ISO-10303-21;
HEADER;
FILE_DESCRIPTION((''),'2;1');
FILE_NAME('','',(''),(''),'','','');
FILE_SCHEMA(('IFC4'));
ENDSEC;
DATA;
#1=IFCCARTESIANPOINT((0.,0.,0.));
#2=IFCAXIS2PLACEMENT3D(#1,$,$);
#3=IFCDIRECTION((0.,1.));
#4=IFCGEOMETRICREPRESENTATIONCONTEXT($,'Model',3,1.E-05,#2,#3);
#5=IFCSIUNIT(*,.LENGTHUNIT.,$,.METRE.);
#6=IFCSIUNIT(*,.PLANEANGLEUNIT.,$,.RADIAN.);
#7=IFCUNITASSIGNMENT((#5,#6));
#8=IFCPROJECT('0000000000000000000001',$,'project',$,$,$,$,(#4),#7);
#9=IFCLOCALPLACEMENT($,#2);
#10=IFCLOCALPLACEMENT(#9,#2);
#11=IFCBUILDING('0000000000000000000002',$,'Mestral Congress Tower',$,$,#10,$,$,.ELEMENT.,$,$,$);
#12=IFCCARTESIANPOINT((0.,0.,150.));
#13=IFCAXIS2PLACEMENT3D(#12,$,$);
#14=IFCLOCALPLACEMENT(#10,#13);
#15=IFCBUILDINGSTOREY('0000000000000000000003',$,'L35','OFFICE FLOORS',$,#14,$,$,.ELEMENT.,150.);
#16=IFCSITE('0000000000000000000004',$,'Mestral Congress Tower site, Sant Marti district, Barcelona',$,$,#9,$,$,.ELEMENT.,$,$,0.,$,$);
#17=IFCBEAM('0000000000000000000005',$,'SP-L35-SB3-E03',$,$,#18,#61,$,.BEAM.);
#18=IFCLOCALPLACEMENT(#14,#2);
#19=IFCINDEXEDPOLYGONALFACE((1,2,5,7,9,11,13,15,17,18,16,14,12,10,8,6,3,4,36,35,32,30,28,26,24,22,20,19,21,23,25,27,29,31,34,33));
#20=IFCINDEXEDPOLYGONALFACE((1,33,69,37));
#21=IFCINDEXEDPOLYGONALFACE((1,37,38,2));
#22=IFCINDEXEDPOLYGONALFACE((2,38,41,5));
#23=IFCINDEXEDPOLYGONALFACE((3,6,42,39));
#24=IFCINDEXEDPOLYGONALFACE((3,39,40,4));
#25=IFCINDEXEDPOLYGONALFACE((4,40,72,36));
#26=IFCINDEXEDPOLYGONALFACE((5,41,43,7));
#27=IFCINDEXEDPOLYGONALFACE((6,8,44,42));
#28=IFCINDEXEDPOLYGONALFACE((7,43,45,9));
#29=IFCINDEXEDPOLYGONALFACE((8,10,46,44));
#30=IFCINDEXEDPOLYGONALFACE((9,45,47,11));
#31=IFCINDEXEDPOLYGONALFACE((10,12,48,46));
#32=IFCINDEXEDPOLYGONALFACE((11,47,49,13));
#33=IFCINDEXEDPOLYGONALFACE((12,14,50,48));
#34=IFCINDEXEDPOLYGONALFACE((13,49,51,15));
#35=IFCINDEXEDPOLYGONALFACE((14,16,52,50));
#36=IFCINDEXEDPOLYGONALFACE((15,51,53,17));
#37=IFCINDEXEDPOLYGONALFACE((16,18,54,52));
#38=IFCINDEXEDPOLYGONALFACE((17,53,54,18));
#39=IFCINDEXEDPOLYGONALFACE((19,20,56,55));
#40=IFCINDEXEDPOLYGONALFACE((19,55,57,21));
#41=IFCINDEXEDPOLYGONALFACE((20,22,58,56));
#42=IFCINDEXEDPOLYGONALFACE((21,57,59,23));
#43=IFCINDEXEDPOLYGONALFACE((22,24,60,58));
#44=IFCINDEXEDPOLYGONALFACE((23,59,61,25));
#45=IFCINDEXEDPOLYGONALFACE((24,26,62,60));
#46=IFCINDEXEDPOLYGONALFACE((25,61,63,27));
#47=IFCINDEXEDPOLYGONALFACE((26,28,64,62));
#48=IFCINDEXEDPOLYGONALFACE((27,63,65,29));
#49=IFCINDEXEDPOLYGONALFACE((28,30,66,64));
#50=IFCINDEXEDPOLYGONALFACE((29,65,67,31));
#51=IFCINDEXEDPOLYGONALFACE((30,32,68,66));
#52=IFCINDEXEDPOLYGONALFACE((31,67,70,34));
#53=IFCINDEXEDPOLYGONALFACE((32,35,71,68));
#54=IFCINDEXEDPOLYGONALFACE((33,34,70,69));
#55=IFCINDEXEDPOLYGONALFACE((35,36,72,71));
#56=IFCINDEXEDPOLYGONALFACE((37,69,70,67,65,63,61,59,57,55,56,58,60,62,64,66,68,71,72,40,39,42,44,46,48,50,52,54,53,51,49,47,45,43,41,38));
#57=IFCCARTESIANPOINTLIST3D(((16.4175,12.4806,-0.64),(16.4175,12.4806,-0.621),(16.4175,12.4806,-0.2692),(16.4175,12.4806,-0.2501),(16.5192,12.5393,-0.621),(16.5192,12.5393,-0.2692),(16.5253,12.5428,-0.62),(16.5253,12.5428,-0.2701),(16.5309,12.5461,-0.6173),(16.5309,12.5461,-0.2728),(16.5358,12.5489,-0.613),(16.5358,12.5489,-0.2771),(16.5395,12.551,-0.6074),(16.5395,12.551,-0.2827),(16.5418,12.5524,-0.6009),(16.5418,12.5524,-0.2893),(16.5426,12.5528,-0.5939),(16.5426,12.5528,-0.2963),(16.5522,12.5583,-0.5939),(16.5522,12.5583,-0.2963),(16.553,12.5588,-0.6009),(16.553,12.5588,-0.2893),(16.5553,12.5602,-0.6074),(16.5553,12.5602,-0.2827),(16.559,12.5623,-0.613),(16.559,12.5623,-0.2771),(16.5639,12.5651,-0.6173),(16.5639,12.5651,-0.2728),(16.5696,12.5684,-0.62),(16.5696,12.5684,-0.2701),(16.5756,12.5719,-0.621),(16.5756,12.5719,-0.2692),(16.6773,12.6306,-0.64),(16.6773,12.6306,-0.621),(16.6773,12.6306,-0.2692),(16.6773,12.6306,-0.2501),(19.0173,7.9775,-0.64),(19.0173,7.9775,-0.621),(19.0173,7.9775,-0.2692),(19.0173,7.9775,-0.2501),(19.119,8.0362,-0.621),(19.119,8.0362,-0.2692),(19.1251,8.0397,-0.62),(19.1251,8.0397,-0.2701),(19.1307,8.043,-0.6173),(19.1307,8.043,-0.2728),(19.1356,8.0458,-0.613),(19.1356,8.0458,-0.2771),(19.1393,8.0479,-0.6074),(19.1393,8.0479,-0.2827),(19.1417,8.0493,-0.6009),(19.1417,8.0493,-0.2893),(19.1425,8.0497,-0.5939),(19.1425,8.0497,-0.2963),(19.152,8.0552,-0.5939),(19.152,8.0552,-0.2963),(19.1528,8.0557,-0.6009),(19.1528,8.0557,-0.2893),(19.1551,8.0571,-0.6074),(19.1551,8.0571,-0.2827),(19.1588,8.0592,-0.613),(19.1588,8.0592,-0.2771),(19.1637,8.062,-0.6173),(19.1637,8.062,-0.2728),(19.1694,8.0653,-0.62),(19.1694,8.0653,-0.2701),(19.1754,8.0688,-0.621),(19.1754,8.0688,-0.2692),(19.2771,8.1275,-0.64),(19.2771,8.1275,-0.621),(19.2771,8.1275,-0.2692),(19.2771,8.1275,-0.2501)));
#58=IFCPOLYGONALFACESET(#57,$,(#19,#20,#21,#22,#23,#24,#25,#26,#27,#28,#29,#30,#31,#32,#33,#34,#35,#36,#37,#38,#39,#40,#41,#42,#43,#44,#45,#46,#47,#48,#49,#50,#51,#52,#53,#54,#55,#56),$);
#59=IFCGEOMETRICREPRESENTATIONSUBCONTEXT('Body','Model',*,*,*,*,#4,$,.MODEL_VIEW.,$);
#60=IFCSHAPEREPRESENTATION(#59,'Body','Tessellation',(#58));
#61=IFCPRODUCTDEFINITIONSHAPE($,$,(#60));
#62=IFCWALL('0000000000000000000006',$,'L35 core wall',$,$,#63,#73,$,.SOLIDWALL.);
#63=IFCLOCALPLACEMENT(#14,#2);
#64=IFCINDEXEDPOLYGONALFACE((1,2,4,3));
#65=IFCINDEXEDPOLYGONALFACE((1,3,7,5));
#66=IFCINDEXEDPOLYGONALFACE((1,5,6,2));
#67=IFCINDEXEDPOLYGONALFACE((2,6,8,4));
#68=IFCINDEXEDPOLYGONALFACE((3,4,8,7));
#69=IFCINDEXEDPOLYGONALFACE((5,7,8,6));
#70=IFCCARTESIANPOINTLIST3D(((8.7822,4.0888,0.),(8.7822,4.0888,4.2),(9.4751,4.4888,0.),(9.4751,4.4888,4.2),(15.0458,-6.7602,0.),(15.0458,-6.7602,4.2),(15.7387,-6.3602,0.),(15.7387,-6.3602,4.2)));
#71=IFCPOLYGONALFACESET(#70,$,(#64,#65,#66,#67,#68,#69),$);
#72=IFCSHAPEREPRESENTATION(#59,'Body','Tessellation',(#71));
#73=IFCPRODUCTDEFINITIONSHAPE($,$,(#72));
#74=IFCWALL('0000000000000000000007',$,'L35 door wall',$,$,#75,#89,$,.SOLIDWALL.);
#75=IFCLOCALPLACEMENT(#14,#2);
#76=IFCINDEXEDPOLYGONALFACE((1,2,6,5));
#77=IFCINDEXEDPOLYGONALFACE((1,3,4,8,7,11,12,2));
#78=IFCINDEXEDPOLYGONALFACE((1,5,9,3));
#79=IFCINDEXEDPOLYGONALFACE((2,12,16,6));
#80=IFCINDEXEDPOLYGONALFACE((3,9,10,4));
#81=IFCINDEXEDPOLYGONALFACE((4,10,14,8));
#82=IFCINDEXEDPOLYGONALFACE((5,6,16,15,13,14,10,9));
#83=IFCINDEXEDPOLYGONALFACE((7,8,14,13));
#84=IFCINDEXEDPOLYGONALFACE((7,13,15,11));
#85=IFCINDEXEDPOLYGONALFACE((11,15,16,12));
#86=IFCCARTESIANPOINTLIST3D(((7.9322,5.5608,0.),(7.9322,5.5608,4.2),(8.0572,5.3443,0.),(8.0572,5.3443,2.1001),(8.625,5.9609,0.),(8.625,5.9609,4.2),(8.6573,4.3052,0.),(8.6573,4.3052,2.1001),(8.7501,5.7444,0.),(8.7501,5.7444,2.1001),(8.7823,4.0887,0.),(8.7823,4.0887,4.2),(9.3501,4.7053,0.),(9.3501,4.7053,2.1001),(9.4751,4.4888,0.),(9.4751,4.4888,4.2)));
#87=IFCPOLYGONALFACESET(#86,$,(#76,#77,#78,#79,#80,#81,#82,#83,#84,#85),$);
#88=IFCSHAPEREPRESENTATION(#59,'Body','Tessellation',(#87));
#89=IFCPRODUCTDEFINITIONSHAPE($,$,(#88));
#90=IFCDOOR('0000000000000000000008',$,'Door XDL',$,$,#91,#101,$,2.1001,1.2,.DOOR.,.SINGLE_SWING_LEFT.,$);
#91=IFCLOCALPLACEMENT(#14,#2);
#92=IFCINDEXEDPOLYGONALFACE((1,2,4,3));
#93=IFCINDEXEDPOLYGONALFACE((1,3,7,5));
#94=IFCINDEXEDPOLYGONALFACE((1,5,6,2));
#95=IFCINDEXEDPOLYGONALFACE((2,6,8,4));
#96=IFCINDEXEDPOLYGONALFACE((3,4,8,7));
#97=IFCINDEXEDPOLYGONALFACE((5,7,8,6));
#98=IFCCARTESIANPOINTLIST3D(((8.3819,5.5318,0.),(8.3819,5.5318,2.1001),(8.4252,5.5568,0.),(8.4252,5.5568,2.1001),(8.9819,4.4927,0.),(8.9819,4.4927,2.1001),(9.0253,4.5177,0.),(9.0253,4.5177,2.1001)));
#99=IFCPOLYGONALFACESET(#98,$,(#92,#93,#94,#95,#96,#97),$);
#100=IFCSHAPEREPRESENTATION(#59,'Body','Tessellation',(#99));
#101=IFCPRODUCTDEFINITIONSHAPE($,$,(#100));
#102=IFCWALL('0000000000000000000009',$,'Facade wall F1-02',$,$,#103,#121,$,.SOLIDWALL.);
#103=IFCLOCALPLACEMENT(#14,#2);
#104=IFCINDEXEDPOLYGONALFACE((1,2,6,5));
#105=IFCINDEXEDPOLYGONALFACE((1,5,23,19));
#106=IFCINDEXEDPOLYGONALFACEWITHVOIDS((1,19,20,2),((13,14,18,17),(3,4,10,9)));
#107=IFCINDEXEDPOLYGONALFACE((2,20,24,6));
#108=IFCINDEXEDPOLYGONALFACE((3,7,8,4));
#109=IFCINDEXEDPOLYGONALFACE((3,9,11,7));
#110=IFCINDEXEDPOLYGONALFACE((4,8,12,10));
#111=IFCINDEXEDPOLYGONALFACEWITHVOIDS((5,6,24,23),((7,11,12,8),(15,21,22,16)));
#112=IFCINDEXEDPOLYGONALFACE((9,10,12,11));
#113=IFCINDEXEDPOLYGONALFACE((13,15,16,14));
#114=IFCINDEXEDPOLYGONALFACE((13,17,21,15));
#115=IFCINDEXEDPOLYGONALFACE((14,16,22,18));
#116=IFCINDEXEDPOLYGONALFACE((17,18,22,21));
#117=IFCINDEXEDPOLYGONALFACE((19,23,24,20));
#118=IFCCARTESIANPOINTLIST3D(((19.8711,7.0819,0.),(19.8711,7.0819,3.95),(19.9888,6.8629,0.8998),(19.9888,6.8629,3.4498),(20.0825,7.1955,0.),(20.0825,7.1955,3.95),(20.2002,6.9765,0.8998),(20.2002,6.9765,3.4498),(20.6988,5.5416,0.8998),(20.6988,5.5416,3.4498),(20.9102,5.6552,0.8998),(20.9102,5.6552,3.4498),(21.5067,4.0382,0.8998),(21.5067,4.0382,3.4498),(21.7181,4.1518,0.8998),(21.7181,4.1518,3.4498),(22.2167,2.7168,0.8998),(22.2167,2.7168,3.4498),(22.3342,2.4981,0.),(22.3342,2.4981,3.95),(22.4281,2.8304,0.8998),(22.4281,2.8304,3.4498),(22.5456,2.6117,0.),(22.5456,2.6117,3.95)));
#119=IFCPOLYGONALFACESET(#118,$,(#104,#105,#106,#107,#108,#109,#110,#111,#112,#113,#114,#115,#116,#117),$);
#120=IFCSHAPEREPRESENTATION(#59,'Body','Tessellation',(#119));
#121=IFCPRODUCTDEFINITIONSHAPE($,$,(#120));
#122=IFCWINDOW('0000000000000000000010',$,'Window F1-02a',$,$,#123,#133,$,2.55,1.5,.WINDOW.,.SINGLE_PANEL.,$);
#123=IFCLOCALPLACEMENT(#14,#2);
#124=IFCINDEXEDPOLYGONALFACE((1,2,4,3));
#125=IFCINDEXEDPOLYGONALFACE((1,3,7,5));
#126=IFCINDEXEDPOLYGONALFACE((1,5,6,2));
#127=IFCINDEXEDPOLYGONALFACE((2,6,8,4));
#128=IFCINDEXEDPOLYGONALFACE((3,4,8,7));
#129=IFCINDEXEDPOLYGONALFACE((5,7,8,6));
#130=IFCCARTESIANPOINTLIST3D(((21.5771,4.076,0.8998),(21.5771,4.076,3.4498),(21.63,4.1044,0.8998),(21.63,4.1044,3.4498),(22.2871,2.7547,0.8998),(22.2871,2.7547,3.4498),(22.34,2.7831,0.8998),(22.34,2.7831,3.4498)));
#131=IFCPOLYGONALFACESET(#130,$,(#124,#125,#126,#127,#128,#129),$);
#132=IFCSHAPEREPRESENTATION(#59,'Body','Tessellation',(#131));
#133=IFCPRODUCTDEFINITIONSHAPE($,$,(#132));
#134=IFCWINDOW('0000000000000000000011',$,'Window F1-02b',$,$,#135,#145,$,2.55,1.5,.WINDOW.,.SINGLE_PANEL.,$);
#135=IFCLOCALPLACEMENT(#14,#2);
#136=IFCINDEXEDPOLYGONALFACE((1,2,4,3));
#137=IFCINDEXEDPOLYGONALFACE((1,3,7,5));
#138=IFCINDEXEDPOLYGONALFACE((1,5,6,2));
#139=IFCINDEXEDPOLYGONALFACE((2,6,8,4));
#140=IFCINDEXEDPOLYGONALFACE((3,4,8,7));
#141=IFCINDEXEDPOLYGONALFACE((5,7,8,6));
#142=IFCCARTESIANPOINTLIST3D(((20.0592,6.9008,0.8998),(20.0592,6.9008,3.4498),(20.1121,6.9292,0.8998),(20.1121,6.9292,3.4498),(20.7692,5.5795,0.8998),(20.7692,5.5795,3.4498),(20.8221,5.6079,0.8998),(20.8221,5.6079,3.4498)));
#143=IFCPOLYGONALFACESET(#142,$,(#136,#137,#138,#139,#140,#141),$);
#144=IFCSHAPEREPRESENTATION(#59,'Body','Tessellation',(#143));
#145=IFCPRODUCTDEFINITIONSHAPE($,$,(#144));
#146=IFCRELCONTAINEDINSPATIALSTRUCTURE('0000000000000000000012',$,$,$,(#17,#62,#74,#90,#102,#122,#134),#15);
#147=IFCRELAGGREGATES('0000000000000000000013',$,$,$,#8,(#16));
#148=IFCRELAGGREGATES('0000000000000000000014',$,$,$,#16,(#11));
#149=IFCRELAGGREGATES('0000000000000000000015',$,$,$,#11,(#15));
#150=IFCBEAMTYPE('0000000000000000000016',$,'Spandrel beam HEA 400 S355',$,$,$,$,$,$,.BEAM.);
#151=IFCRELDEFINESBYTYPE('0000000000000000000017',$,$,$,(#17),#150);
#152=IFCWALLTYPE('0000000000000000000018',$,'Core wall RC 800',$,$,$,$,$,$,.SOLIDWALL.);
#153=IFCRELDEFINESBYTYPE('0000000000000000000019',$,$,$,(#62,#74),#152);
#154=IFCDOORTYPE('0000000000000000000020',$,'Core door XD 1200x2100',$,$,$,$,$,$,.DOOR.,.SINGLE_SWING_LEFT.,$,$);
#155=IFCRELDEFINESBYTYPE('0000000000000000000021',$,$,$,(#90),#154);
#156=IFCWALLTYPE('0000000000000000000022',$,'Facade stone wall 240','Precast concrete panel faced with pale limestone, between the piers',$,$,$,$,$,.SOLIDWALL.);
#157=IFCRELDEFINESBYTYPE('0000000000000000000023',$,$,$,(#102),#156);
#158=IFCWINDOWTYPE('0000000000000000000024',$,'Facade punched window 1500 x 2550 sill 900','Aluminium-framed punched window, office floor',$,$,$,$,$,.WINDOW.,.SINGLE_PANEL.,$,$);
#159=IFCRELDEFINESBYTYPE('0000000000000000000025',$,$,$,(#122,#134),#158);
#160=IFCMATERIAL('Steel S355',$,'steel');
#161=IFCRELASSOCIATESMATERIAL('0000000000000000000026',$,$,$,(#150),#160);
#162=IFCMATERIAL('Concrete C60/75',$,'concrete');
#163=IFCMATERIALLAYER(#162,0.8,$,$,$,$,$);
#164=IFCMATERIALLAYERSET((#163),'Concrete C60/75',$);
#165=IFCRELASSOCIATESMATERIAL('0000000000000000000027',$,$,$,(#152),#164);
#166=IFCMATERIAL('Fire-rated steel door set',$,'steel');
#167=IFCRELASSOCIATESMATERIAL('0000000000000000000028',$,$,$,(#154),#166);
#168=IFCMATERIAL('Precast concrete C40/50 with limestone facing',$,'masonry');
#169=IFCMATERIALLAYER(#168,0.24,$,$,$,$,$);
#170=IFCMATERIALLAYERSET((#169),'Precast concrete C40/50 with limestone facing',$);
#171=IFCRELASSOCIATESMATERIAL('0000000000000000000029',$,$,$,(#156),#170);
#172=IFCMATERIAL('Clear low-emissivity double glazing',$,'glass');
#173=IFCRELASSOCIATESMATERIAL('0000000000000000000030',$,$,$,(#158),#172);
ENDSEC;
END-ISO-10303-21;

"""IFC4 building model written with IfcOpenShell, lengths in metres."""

from ifc_helpers import new_model, si_unit, direction, frame, frame_2d, origin, origin_2d, place, context, subcontext, project, spatial, rectangle, i_section, extrude, material, layer, layer_set, material_profile, profile_set, type_object, element, fill, save


model = new_model("IFC4")

# Units and contexts
model_context = context("Model", 3, precision=1e-05, world=origin(), true_north=direction((0.0, 1.0)))
body_context = subcontext(model_context, "Body", "Model", "MODEL_VIEW")
ifc_project = project(units=[si_unit("LENGTHUNIT", "METRE"), si_unit("PLANEANGLEUNIT", "RADIAN")], contexts=[model_context])

# Site, building, storey
site_placement = place(None, origin())
site = spatial("IfcSite", under=ifc_project, at=site_placement, Name="Mestral Congress Tower site, Sant Marti district, Barcelona", CompositionType="ELEMENT", RefElevation=0.0)
building_placement = place(site_placement, origin())
building = spatial("IfcBuilding", under=site, at=building_placement, Name="Mestral Congress Tower", CompositionType="ELEMENT")
storey_placement = place(building_placement, frame((0.0, 0.0, 150.0)))
storey = spatial("IfcBuildingStorey", under=building, at=storey_placement, Name="L35", Description="OFFICE FLOORS", CompositionType="ELEMENT", Elevation=150.0)

# Shared definitions
ifc_material_1 = material(Name="Concrete C60/75", Category="concrete")

# Beam
ifc_material_2 = material(Name="Steel S355", Category="steel")
ifc_material_profile_1 = material_profile(ifc_material_2, i_section(OverallWidth=0.3, OverallDepth=0.3899, WebThickness=0.011, FlangeThickness=0.019, FilletRadius=0.0271, at=origin_2d()), Name="HEA 400")
ifc_profile_set_1 = profile_set([ifc_material_profile_1], Name="Steel S355")
beam_type_1 = type_object("IfcBeamType", Name="Spandrel beam HEA 400 S355", PredefinedType="BEAM", material=ifc_profile_set_1)
for number, where, z_axis, x_axis, name in (
    (1, (19.1472, 8.0525, -0.4451), (-0.499992, 0.86603, 0.0), (-0.86603, -0.499992, 0.0), "SP-L35-SB3-E03"),
):
    element("IfcBeam", number, at=place(storey_placement, frame(where, z_axis=z_axis, x_axis=x_axis)), inside=storey, type_object=beam_type_1, Name=name, PredefinedType="BEAM", context=body_context, shape_type="SweptSolid", body=[
        extrude(i_section(OverallWidth=0.3, OverallDepth=0.3899, WebThickness=0.011, FlangeThickness=0.019, FilletRadius=0.0271, at=origin_2d()), origin(), (0.0, 0.0, 1.0), 5.1997),
    ])

# Wall
ifc_layer_1 = layer(ifc_material_1, 0.8)
ifc_layer_set_1 = layer_set([ifc_layer_1], Name="Concrete C60/75")
wall_type_1 = type_object("IfcWallType", Name="Core wall RC 800", PredefinedType="SOLIDWALL", material=ifc_layer_set_1)
wall_1_placement = place(storey_placement, frame((9.1287, 4.2888, 0.0), z_axis=(0.0, 0.0, 1.0), x_axis=(0.499996, -0.866028, 0.0)))
element("IfcWall", 2, at=wall_1_placement, inside=storey, type_object=wall_type_1, Name="L35 core wall", PredefinedType="SOLIDWALL", context=body_context, shape_type="SweptSolid", body=[
    extrude(rectangle(XDim=12.5273, YDim=0.8, at=frame_2d((6.2637, 0.0))), origin(), (0.0, 0.0, 1.0), 4.2),
])

# Wall, opening, door
wall_2_placement = place(storey_placement, frame((8.2786, 5.761, 0.0), z_axis=(0.0, 0.0, 1.0), x_axis=(0.500062, -0.865989, 0.0)))
wall_2 = element("IfcWall", 3, at=wall_2_placement, inside=storey, type_object=wall_type_1, Name="L35 door wall", PredefinedType="SOLIDWALL", context=body_context, shape_type="SweptSolid", body=[
    extrude(rectangle(XDim=1.7, YDim=0.8, at=frame_2d((0.8501, 0.0))), origin(), (0.0, 0.0, 1.0), 4.2),
])
opening_1_placement = place(wall_2_placement, frame((0.25, 0.0, 0.0)))
opening_1 = element("IfcOpeningElement", 4, at=opening_1_placement, cuts=wall_2, PredefinedType="OPENING", context=body_context, shape_type="SweptSolid", body=[
    extrude(rectangle(XDim=1.2, YDim=2.1001, at=frame_2d((0.6001, 1.05))), frame((0.0, 0.4099, 0.0), z_axis=(0.0, -1.0, 0.0), x_axis=(1.0, 0.0, 0.0)), (0.0, 0.0, 1.0), 0.8201),
])
ifc_material_3 = material(Name="Fire-rated steel door set", Category="steel")
door_type_1 = type_object("IfcDoorType", Name="Core door XD 1200x2100", OperationType="SINGLE_SWING_LEFT", PredefinedType="DOOR", material=ifc_material_3)
door_1_placement = place(opening_1_placement, origin())
door_1 = element("IfcDoor", 5, at=door_1_placement, inside=storey, type_object=door_type_1, Name="Door XDL", OperationType="SINGLE_SWING_LEFT", OverallHeight=2.1001, OverallWidth=1.2, PredefinedType="DOOR", context=body_context, shape_type="SweptSolid", body=[
    extrude(rectangle(XDim=1.2, YDim=2.1001, at=frame_2d((0.6001, 1.05))), frame((0.0, 0.0249, 0.0), z_axis=(0.0, -1.0, 0.0), x_axis=(1.0, 0.0, 0.0)), (0.0, 0.0, 1.0), 0.05),
])
fill(opening_1, door_1)

# Wall, openings, windows
ifc_material_4 = material(Name="Precast concrete C40/50 with limestone facing", Category="masonry")
ifc_layer_2 = layer(ifc_material_4, 0.24)
ifc_layer_set_2 = layer_set([ifc_layer_2], Name="Precast concrete C40/50 with limestone facing")
wall_type_2 = type_object("IfcWallType", Name="Facade stone wall 240", Description="Precast concrete panel faced with pale limestone, between the piers", PredefinedType="SOLIDWALL", material=ifc_layer_set_2)
wall_3_placement = place(storey_placement, frame((22.4399, 2.5549, 0.0), z_axis=(0.0, 0.0, 1.0), x_axis=(-0.47335, 0.880875, 0.0)))
wall_3 = element("IfcWall", 6, at=wall_3_placement, inside=storey, type_object=wall_type_2, Name="Facade wall F1-02", PredefinedType="SOLIDWALL", context=body_context, shape_type="SweptSolid", body=[
    extrude(rectangle(XDim=5.2036, YDim=0.24, at=frame_2d((2.6018, 0.0))), origin(), (0.0, 0.0, 1.0), 3.95),
])
opening_2_placement = place(wall_3_placement, frame((0.2483, 0.0, 0.8999)))
opening_2 = element("IfcOpeningElement", 7, at=opening_2_placement, cuts=wall_3, PredefinedType="OPENING", context=body_context, shape_type="SweptSolid", body=[
    extrude(rectangle(XDim=1.5, YDim=2.55, at=frame_2d((0.75, 1.2749))), frame((0.0, 0.1299, 0.0), z_axis=(0.0, -1.0, 0.0), x_axis=(1.0, 0.0, 0.0)), (0.0, 0.0, 1.0), 0.26),
])
opening_3_placement = place(wall_3_placement, frame((3.4551, 0.0, 0.8999)))
opening_3 = element("IfcOpeningElement", 8, at=opening_3_placement, cuts=wall_3, PredefinedType="OPENING", context=body_context, shape_type="SweptSolid", body=[
    extrude(rectangle(XDim=1.5, YDim=2.55, at=frame_2d((0.75, 1.2749))), frame((0.0, 0.1299, 0.0), z_axis=(0.0, -1.0, 0.0), x_axis=(1.0, 0.0, 0.0)), (0.0, 0.0, 1.0), 0.26),
])
ifc_material_5 = material(Name="Clear low-emissivity double glazing", Category="glass")
window_type = type_object("IfcWindowType", Name="Facade punched window 1500 x 2550 sill 900", Description="Aluminium-framed punched window, office floor", PartitioningType="SINGLE_PANEL", PredefinedType="WINDOW", material=ifc_material_5)
window_1_placement = place(opening_2_placement, origin())
window_1 = element("IfcWindow", 9, at=window_1_placement, inside=storey, type_object=window_type, Name="Window F1-02a", OverallHeight=2.55, OverallWidth=1.5, PartitioningType="SINGLE_PANEL", PredefinedType="WINDOW", context=body_context, shape_type="SweptSolid", body=[
    extrude(rectangle(XDim=1.5, YDim=2.55, at=frame_2d((0.75, 1.2749))), frame((0.0, 0.04, 0.0), z_axis=(0.0, -1.0, 0.0), x_axis=(1.0, 0.0, 0.0)), (0.0, 0.0, 1.0), 0.0601),
])
fill(opening_2, window_1)
window_2_placement = place(opening_3_placement, origin())
window_2 = element("IfcWindow", 10, at=window_2_placement, inside=storey, type_object=window_type, Name="Window F1-02b", OverallHeight=2.55, OverallWidth=1.5, PartitioningType="SINGLE_PANEL", PredefinedType="WINDOW", context=body_context, shape_type="SweptSolid", body=[
    extrude(rectangle(XDim=1.5, YDim=2.55, at=frame_2d((0.75, 1.2749))), frame((0.0, 0.04, 0.0), z_axis=(0.0, -1.0, 0.0), x_axis=(1.0, 0.0, 0.0)), (0.0, 0.0, 1.0), 0.0601),
])
fill(opening_3, window_2)

save(model, "model.ifc")
